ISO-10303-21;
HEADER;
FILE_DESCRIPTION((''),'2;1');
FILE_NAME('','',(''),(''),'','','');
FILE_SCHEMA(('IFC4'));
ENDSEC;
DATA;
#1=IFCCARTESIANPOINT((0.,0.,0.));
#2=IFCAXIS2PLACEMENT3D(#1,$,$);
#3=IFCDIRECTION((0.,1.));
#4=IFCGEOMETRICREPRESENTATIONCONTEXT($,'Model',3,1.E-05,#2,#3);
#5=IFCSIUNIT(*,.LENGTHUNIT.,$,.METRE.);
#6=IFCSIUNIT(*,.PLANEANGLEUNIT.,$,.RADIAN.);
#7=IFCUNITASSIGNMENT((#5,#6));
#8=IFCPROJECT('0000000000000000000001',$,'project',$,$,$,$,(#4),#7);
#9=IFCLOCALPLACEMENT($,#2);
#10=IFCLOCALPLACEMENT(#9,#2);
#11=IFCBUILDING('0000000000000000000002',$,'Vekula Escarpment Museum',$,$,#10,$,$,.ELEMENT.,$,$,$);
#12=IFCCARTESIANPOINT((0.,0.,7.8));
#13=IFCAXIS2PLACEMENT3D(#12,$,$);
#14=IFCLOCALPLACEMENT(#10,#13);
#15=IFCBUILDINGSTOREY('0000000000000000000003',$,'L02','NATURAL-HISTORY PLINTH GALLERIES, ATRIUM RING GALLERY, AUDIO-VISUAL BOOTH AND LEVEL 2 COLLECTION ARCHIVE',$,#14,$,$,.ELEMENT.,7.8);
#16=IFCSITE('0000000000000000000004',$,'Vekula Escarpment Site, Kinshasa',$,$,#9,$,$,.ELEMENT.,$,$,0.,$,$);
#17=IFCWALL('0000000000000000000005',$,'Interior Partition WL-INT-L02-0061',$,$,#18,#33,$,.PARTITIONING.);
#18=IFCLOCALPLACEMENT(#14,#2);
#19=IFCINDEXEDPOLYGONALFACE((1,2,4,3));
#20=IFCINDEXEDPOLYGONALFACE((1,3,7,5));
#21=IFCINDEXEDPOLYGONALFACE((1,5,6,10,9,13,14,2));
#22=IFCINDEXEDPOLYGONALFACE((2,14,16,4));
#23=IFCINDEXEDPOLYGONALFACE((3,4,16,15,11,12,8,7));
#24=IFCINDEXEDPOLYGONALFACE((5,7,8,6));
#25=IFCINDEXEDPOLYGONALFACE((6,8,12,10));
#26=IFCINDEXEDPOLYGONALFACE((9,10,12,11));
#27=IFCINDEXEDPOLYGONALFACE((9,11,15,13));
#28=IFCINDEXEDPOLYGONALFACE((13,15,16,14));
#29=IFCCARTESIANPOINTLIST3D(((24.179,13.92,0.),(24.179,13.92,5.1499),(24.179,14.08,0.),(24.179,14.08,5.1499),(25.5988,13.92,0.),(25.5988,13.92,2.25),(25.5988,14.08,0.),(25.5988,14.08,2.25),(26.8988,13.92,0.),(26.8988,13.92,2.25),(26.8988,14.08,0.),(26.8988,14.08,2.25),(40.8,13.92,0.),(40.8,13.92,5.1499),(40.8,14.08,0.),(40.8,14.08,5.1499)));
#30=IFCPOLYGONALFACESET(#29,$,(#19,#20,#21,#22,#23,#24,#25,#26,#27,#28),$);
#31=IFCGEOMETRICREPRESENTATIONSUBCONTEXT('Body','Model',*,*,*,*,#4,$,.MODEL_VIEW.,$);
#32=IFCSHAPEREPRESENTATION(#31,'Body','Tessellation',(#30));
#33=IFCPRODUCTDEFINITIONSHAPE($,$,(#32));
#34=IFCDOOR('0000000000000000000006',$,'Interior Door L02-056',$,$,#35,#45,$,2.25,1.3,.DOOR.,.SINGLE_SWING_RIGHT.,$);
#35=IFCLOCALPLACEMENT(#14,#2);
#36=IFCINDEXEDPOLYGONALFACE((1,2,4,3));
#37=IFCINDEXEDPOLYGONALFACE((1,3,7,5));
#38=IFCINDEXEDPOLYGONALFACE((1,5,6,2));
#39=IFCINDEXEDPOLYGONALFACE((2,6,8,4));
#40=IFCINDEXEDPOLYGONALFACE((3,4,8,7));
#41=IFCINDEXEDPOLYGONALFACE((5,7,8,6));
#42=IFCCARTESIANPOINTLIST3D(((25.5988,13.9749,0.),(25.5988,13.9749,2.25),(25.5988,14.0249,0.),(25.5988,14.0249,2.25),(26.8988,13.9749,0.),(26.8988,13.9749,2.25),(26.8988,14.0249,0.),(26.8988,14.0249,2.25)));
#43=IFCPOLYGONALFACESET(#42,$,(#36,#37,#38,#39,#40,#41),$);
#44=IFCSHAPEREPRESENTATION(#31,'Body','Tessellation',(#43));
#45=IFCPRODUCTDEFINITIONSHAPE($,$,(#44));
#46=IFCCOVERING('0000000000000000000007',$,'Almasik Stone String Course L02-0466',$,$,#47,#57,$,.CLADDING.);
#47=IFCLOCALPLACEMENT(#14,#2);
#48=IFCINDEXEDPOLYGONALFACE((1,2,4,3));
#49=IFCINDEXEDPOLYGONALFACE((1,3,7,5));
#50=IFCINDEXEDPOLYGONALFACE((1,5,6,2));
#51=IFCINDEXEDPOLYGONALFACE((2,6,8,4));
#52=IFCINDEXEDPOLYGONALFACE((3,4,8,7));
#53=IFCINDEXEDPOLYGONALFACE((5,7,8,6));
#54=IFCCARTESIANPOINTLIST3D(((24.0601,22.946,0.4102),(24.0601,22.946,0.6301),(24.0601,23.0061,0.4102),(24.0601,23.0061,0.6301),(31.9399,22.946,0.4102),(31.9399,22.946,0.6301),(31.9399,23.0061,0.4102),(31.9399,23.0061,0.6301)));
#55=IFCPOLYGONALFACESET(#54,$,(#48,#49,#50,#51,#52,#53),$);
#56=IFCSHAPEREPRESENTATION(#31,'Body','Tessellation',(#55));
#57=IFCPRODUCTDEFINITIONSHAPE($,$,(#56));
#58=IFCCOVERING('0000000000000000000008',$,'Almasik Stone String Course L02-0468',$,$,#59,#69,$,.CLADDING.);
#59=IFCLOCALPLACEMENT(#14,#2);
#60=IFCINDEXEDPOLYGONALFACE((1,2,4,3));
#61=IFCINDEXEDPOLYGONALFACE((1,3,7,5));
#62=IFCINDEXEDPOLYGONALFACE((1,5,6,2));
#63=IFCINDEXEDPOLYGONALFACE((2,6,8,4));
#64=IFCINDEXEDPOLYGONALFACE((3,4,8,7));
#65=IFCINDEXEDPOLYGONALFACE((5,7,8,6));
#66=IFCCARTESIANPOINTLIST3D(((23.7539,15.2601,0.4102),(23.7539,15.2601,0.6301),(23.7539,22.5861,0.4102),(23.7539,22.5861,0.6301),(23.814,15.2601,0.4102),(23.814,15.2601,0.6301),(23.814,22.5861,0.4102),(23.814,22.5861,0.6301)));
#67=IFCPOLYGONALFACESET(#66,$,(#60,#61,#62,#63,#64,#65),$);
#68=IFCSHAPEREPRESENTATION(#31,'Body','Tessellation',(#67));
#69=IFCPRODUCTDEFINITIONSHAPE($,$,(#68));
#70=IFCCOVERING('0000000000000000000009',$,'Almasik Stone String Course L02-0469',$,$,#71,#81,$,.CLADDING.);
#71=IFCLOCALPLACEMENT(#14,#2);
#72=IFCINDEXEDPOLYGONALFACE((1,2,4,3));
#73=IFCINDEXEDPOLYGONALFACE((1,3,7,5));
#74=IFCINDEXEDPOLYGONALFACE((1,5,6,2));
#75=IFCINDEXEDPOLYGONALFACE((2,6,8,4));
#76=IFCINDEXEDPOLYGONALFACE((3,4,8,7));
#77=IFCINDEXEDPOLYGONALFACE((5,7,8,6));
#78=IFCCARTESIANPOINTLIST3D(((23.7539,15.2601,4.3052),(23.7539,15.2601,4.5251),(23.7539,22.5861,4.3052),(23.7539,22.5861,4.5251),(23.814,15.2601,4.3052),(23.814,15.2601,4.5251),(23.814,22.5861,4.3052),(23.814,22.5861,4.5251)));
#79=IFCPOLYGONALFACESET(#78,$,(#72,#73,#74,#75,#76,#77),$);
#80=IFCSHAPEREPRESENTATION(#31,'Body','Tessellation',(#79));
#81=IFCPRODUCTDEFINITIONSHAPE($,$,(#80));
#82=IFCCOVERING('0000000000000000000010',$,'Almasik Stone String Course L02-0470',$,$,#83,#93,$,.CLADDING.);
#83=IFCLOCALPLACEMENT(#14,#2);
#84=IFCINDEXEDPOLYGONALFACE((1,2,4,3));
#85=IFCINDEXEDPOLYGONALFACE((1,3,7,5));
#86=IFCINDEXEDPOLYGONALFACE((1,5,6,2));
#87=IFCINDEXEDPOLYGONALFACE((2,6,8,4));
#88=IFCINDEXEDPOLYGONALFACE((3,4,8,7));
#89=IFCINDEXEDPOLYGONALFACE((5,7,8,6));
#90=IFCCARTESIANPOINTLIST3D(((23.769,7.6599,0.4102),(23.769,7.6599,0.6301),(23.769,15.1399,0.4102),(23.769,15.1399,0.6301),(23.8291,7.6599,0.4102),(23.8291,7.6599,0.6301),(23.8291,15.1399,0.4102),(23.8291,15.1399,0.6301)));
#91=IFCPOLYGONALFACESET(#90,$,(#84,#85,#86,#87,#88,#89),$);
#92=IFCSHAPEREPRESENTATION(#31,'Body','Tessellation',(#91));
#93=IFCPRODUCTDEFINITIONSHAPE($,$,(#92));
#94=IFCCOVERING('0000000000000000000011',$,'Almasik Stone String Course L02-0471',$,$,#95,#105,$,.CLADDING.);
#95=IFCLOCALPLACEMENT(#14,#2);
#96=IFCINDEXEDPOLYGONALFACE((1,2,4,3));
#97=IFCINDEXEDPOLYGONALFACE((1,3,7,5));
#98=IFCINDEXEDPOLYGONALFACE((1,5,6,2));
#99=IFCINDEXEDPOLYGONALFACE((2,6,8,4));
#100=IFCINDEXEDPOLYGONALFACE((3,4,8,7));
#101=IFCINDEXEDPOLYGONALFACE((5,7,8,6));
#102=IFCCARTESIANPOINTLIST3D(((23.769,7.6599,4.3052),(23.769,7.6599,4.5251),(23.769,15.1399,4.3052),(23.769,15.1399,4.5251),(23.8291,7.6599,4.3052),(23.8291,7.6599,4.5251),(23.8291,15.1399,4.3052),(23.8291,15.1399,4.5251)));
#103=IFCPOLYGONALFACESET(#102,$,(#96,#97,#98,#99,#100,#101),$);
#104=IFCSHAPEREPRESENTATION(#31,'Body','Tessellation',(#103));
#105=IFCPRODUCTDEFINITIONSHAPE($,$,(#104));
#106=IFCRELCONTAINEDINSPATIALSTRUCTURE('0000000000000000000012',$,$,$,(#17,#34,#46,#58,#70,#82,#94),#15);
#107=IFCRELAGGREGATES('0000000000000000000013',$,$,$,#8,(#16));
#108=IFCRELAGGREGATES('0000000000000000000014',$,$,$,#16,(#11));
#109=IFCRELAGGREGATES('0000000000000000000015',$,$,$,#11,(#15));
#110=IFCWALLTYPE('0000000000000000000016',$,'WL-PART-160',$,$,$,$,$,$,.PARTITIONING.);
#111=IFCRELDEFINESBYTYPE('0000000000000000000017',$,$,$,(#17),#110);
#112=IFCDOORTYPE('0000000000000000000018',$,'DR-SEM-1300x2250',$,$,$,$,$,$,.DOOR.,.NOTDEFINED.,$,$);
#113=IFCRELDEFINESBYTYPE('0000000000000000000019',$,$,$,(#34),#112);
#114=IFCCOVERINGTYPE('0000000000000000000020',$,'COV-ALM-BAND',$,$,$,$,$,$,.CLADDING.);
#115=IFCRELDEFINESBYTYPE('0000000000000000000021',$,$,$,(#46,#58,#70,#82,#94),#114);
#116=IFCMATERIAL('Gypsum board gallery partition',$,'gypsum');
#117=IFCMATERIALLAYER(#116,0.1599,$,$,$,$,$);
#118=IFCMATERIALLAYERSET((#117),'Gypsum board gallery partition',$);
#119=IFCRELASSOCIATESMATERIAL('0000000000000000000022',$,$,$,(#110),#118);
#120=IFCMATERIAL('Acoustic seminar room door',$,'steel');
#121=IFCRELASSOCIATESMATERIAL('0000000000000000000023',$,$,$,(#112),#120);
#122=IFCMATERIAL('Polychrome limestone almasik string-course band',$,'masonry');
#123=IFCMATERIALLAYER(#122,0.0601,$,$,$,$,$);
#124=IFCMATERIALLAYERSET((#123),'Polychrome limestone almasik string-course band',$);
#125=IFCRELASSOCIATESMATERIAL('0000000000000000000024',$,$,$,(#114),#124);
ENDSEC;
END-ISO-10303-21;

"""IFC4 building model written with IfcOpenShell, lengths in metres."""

from ifc_helpers import new_model, si_unit, direction, frame, frame_2d, origin, origin_2d, place, context, subcontext, project, spatial, rectangle, extrude, material, layer, layer_set, type_object, element, fill, save


model = new_model("IFC4")

# Units and contexts
model_context = context("Model", 3, precision=1e-05, world=origin(), true_north=direction((0.0, 1.0)))
body_context = subcontext(model_context, "Body", "Model", "MODEL_VIEW")
ifc_project = project(units=[si_unit("LENGTHUNIT", "METRE"), si_unit("PLANEANGLEUNIT", "RADIAN")], contexts=[model_context])

# Site, building, storey
site_placement = place(None, origin())
site = spatial("IfcSite", under=ifc_project, at=site_placement, Name="Vekula Escarpment Site, Kinshasa", CompositionType="ELEMENT", RefElevation=0.0)
building_placement = place(site_placement, origin())
building = spatial("IfcBuilding", under=site, at=building_placement, Name="Vekula Escarpment Museum", CompositionType="ELEMENT")
storey_placement = place(building_placement, frame((0.0, 0.0, 7.8)))
storey = spatial("IfcBuildingStorey", under=building, at=storey_placement, Name="L02", Description="NATURAL-HISTORY PLINTH GALLERIES, ATRIUM RING GALLERY, AUDIO-VISUAL BOOTH AND LEVEL 2 COLLECTION ARCHIVE", CompositionType="ELEMENT", Elevation=7.8)

# Wall, opening, door
ifc_material_1 = material(Name="Gypsum board gallery partition", Category="gypsum")
ifc_layer_1 = layer(ifc_material_1, 0.1599)
ifc_layer_set_1 = layer_set([ifc_layer_1], Name="Gypsum board gallery partition")
wall_type_1 = type_object("IfcWallType", Name="WL-PART-160", PredefinedType="PARTITIONING", material=ifc_layer_set_1)
wall_1_placement = place(storey_placement, frame((24.179, 14.0, 0.0), z_axis=(0.0, 0.0, 1.0), x_axis=(1.0, 0.0, 0.0)))
wall_1 = element("IfcWall", 1, at=wall_1_placement, inside=storey, type_object=wall_type_1, Name="Interior Partition WL-INT-L02-0061", PredefinedType="PARTITIONING", context=body_context, shape_type="SweptSolid", body=[
    extrude(rectangle(XDim=16.6211, YDim=0.1599, at=frame_2d((8.3105, 0.0))), origin(), (0.0, 0.0, 1.0), 5.1499),
])
opening_placement = place(wall_1_placement, frame((1.4199, 0.0, 0.0)))
opening = element("IfcOpeningElement", 2, at=opening_placement, cuts=wall_1, PredefinedType="OPENING", context=body_context, shape_type="SweptSolid", body=[
    extrude(rectangle(XDim=1.3, YDim=2.25, at=frame_2d((0.6499, 1.125))), frame((0.0, 0.0898, 0.0), z_axis=(0.0, -1.0, 0.0), x_axis=(1.0, 0.0, 0.0)), (0.0, 0.0, 1.0), 0.1799),
])
ifc_material_2 = material(Name="Acoustic seminar room door", Category="steel")
door_type = type_object("IfcDoorType", Name="DR-SEM-1300x2250", OperationType="NOTDEFINED", PredefinedType="DOOR", material=ifc_material_2)
door_placement = place(opening_placement, origin())
door = element("IfcDoor", 3, at=door_placement, inside=storey, type_object=door_type, Name="Interior Door L02-056", OperationType="SINGLE_SWING_RIGHT", OverallHeight=2.25, OverallWidth=1.3, PredefinedType="DOOR", context=body_context, shape_type="SweptSolid", body=[
    extrude(rectangle(XDim=1.3, YDim=2.25, at=frame_2d((0.6499, 1.125))), frame((0.0, 0.0249, 0.0), z_axis=(0.0, -1.0, 0.0), x_axis=(1.0, 0.0, 0.0)), (0.0, 0.0, 1.0), 0.05),
])
fill(opening, door)

# Coverings
ifc_material_3 = material(Name="Polychrome limestone almasik string-course band", Category="masonry")
ifc_layer_2 = layer(ifc_material_3, 0.0601)
ifc_layer_set_2 = layer_set([ifc_layer_2], Name="Polychrome limestone almasik string-course band")
covering_type = type_object("IfcCoveringType", Name="COV-ALM-BAND", PredefinedType="CLADDING", material=ifc_layer_set_2)
covering_placement = place(storey_placement, frame((28.0, 22.9761, 0.4102), z_axis=(0.0, 0.0, 1.0), x_axis=(1.0, 0.0, 0.0)))
element("IfcCovering", 4, at=covering_placement, inside=storey, type_object=covering_type, Name="Almasik Stone String Course L02-0466", PredefinedType="CLADDING", context=body_context, shape_type="SweptSolid", body=[
    extrude(rectangle(XDim=7.8799, YDim=0.0601, at=origin_2d()), origin(), (0.0, 0.0, 1.0), 0.22),
])
for number, where, z_axis, x_axis, name in (
    (5, (23.7839, 18.9231, 0.4102), (0.0, 0.0, 1.0), (0.0, 1.0, 0.0), "Almasik Stone String Course L02-0468"),
    (6, (23.7839, 18.9231, 4.3052), (0.0, 0.0, 1.0), (0.0, 1.0, 0.0), "Almasik Stone String Course L02-0469"),
):
    element("IfcCovering", number, at=place(storey_placement, frame(where, z_axis=z_axis, x_axis=x_axis)), inside=storey, type_object=covering_type, Name=name, PredefinedType="CLADDING", context=body_context, shape_type="SweptSolid", body=[
        extrude(rectangle(XDim=7.3259, YDim=0.0601, at=origin_2d()), origin(), (0.0, 0.0, 1.0), 0.22),
    ])
for number, where, z_axis, x_axis, name in (
    (7, (23.7991, 11.3999, 0.4102), (0.0, 0.0, 1.0), (0.0, 1.0, 0.0), "Almasik Stone String Course L02-0470"),
    (8, (23.7991, 11.3999, 4.3052), (0.0, 0.0, 1.0), (0.0, 1.0, 0.0), "Almasik Stone String Course L02-0471"),
):
    element("IfcCovering", number, at=place(storey_placement, frame(where, z_axis=z_axis, x_axis=x_axis)), inside=storey, type_object=covering_type, Name=name, PredefinedType="CLADDING", context=body_context, shape_type="SweptSolid", body=[
        extrude(rectangle(XDim=7.48, YDim=0.0601, at=origin_2d()), origin(), (0.0, 0.0, 1.0), 0.22),
    ])

save(model, "model.ifc")
